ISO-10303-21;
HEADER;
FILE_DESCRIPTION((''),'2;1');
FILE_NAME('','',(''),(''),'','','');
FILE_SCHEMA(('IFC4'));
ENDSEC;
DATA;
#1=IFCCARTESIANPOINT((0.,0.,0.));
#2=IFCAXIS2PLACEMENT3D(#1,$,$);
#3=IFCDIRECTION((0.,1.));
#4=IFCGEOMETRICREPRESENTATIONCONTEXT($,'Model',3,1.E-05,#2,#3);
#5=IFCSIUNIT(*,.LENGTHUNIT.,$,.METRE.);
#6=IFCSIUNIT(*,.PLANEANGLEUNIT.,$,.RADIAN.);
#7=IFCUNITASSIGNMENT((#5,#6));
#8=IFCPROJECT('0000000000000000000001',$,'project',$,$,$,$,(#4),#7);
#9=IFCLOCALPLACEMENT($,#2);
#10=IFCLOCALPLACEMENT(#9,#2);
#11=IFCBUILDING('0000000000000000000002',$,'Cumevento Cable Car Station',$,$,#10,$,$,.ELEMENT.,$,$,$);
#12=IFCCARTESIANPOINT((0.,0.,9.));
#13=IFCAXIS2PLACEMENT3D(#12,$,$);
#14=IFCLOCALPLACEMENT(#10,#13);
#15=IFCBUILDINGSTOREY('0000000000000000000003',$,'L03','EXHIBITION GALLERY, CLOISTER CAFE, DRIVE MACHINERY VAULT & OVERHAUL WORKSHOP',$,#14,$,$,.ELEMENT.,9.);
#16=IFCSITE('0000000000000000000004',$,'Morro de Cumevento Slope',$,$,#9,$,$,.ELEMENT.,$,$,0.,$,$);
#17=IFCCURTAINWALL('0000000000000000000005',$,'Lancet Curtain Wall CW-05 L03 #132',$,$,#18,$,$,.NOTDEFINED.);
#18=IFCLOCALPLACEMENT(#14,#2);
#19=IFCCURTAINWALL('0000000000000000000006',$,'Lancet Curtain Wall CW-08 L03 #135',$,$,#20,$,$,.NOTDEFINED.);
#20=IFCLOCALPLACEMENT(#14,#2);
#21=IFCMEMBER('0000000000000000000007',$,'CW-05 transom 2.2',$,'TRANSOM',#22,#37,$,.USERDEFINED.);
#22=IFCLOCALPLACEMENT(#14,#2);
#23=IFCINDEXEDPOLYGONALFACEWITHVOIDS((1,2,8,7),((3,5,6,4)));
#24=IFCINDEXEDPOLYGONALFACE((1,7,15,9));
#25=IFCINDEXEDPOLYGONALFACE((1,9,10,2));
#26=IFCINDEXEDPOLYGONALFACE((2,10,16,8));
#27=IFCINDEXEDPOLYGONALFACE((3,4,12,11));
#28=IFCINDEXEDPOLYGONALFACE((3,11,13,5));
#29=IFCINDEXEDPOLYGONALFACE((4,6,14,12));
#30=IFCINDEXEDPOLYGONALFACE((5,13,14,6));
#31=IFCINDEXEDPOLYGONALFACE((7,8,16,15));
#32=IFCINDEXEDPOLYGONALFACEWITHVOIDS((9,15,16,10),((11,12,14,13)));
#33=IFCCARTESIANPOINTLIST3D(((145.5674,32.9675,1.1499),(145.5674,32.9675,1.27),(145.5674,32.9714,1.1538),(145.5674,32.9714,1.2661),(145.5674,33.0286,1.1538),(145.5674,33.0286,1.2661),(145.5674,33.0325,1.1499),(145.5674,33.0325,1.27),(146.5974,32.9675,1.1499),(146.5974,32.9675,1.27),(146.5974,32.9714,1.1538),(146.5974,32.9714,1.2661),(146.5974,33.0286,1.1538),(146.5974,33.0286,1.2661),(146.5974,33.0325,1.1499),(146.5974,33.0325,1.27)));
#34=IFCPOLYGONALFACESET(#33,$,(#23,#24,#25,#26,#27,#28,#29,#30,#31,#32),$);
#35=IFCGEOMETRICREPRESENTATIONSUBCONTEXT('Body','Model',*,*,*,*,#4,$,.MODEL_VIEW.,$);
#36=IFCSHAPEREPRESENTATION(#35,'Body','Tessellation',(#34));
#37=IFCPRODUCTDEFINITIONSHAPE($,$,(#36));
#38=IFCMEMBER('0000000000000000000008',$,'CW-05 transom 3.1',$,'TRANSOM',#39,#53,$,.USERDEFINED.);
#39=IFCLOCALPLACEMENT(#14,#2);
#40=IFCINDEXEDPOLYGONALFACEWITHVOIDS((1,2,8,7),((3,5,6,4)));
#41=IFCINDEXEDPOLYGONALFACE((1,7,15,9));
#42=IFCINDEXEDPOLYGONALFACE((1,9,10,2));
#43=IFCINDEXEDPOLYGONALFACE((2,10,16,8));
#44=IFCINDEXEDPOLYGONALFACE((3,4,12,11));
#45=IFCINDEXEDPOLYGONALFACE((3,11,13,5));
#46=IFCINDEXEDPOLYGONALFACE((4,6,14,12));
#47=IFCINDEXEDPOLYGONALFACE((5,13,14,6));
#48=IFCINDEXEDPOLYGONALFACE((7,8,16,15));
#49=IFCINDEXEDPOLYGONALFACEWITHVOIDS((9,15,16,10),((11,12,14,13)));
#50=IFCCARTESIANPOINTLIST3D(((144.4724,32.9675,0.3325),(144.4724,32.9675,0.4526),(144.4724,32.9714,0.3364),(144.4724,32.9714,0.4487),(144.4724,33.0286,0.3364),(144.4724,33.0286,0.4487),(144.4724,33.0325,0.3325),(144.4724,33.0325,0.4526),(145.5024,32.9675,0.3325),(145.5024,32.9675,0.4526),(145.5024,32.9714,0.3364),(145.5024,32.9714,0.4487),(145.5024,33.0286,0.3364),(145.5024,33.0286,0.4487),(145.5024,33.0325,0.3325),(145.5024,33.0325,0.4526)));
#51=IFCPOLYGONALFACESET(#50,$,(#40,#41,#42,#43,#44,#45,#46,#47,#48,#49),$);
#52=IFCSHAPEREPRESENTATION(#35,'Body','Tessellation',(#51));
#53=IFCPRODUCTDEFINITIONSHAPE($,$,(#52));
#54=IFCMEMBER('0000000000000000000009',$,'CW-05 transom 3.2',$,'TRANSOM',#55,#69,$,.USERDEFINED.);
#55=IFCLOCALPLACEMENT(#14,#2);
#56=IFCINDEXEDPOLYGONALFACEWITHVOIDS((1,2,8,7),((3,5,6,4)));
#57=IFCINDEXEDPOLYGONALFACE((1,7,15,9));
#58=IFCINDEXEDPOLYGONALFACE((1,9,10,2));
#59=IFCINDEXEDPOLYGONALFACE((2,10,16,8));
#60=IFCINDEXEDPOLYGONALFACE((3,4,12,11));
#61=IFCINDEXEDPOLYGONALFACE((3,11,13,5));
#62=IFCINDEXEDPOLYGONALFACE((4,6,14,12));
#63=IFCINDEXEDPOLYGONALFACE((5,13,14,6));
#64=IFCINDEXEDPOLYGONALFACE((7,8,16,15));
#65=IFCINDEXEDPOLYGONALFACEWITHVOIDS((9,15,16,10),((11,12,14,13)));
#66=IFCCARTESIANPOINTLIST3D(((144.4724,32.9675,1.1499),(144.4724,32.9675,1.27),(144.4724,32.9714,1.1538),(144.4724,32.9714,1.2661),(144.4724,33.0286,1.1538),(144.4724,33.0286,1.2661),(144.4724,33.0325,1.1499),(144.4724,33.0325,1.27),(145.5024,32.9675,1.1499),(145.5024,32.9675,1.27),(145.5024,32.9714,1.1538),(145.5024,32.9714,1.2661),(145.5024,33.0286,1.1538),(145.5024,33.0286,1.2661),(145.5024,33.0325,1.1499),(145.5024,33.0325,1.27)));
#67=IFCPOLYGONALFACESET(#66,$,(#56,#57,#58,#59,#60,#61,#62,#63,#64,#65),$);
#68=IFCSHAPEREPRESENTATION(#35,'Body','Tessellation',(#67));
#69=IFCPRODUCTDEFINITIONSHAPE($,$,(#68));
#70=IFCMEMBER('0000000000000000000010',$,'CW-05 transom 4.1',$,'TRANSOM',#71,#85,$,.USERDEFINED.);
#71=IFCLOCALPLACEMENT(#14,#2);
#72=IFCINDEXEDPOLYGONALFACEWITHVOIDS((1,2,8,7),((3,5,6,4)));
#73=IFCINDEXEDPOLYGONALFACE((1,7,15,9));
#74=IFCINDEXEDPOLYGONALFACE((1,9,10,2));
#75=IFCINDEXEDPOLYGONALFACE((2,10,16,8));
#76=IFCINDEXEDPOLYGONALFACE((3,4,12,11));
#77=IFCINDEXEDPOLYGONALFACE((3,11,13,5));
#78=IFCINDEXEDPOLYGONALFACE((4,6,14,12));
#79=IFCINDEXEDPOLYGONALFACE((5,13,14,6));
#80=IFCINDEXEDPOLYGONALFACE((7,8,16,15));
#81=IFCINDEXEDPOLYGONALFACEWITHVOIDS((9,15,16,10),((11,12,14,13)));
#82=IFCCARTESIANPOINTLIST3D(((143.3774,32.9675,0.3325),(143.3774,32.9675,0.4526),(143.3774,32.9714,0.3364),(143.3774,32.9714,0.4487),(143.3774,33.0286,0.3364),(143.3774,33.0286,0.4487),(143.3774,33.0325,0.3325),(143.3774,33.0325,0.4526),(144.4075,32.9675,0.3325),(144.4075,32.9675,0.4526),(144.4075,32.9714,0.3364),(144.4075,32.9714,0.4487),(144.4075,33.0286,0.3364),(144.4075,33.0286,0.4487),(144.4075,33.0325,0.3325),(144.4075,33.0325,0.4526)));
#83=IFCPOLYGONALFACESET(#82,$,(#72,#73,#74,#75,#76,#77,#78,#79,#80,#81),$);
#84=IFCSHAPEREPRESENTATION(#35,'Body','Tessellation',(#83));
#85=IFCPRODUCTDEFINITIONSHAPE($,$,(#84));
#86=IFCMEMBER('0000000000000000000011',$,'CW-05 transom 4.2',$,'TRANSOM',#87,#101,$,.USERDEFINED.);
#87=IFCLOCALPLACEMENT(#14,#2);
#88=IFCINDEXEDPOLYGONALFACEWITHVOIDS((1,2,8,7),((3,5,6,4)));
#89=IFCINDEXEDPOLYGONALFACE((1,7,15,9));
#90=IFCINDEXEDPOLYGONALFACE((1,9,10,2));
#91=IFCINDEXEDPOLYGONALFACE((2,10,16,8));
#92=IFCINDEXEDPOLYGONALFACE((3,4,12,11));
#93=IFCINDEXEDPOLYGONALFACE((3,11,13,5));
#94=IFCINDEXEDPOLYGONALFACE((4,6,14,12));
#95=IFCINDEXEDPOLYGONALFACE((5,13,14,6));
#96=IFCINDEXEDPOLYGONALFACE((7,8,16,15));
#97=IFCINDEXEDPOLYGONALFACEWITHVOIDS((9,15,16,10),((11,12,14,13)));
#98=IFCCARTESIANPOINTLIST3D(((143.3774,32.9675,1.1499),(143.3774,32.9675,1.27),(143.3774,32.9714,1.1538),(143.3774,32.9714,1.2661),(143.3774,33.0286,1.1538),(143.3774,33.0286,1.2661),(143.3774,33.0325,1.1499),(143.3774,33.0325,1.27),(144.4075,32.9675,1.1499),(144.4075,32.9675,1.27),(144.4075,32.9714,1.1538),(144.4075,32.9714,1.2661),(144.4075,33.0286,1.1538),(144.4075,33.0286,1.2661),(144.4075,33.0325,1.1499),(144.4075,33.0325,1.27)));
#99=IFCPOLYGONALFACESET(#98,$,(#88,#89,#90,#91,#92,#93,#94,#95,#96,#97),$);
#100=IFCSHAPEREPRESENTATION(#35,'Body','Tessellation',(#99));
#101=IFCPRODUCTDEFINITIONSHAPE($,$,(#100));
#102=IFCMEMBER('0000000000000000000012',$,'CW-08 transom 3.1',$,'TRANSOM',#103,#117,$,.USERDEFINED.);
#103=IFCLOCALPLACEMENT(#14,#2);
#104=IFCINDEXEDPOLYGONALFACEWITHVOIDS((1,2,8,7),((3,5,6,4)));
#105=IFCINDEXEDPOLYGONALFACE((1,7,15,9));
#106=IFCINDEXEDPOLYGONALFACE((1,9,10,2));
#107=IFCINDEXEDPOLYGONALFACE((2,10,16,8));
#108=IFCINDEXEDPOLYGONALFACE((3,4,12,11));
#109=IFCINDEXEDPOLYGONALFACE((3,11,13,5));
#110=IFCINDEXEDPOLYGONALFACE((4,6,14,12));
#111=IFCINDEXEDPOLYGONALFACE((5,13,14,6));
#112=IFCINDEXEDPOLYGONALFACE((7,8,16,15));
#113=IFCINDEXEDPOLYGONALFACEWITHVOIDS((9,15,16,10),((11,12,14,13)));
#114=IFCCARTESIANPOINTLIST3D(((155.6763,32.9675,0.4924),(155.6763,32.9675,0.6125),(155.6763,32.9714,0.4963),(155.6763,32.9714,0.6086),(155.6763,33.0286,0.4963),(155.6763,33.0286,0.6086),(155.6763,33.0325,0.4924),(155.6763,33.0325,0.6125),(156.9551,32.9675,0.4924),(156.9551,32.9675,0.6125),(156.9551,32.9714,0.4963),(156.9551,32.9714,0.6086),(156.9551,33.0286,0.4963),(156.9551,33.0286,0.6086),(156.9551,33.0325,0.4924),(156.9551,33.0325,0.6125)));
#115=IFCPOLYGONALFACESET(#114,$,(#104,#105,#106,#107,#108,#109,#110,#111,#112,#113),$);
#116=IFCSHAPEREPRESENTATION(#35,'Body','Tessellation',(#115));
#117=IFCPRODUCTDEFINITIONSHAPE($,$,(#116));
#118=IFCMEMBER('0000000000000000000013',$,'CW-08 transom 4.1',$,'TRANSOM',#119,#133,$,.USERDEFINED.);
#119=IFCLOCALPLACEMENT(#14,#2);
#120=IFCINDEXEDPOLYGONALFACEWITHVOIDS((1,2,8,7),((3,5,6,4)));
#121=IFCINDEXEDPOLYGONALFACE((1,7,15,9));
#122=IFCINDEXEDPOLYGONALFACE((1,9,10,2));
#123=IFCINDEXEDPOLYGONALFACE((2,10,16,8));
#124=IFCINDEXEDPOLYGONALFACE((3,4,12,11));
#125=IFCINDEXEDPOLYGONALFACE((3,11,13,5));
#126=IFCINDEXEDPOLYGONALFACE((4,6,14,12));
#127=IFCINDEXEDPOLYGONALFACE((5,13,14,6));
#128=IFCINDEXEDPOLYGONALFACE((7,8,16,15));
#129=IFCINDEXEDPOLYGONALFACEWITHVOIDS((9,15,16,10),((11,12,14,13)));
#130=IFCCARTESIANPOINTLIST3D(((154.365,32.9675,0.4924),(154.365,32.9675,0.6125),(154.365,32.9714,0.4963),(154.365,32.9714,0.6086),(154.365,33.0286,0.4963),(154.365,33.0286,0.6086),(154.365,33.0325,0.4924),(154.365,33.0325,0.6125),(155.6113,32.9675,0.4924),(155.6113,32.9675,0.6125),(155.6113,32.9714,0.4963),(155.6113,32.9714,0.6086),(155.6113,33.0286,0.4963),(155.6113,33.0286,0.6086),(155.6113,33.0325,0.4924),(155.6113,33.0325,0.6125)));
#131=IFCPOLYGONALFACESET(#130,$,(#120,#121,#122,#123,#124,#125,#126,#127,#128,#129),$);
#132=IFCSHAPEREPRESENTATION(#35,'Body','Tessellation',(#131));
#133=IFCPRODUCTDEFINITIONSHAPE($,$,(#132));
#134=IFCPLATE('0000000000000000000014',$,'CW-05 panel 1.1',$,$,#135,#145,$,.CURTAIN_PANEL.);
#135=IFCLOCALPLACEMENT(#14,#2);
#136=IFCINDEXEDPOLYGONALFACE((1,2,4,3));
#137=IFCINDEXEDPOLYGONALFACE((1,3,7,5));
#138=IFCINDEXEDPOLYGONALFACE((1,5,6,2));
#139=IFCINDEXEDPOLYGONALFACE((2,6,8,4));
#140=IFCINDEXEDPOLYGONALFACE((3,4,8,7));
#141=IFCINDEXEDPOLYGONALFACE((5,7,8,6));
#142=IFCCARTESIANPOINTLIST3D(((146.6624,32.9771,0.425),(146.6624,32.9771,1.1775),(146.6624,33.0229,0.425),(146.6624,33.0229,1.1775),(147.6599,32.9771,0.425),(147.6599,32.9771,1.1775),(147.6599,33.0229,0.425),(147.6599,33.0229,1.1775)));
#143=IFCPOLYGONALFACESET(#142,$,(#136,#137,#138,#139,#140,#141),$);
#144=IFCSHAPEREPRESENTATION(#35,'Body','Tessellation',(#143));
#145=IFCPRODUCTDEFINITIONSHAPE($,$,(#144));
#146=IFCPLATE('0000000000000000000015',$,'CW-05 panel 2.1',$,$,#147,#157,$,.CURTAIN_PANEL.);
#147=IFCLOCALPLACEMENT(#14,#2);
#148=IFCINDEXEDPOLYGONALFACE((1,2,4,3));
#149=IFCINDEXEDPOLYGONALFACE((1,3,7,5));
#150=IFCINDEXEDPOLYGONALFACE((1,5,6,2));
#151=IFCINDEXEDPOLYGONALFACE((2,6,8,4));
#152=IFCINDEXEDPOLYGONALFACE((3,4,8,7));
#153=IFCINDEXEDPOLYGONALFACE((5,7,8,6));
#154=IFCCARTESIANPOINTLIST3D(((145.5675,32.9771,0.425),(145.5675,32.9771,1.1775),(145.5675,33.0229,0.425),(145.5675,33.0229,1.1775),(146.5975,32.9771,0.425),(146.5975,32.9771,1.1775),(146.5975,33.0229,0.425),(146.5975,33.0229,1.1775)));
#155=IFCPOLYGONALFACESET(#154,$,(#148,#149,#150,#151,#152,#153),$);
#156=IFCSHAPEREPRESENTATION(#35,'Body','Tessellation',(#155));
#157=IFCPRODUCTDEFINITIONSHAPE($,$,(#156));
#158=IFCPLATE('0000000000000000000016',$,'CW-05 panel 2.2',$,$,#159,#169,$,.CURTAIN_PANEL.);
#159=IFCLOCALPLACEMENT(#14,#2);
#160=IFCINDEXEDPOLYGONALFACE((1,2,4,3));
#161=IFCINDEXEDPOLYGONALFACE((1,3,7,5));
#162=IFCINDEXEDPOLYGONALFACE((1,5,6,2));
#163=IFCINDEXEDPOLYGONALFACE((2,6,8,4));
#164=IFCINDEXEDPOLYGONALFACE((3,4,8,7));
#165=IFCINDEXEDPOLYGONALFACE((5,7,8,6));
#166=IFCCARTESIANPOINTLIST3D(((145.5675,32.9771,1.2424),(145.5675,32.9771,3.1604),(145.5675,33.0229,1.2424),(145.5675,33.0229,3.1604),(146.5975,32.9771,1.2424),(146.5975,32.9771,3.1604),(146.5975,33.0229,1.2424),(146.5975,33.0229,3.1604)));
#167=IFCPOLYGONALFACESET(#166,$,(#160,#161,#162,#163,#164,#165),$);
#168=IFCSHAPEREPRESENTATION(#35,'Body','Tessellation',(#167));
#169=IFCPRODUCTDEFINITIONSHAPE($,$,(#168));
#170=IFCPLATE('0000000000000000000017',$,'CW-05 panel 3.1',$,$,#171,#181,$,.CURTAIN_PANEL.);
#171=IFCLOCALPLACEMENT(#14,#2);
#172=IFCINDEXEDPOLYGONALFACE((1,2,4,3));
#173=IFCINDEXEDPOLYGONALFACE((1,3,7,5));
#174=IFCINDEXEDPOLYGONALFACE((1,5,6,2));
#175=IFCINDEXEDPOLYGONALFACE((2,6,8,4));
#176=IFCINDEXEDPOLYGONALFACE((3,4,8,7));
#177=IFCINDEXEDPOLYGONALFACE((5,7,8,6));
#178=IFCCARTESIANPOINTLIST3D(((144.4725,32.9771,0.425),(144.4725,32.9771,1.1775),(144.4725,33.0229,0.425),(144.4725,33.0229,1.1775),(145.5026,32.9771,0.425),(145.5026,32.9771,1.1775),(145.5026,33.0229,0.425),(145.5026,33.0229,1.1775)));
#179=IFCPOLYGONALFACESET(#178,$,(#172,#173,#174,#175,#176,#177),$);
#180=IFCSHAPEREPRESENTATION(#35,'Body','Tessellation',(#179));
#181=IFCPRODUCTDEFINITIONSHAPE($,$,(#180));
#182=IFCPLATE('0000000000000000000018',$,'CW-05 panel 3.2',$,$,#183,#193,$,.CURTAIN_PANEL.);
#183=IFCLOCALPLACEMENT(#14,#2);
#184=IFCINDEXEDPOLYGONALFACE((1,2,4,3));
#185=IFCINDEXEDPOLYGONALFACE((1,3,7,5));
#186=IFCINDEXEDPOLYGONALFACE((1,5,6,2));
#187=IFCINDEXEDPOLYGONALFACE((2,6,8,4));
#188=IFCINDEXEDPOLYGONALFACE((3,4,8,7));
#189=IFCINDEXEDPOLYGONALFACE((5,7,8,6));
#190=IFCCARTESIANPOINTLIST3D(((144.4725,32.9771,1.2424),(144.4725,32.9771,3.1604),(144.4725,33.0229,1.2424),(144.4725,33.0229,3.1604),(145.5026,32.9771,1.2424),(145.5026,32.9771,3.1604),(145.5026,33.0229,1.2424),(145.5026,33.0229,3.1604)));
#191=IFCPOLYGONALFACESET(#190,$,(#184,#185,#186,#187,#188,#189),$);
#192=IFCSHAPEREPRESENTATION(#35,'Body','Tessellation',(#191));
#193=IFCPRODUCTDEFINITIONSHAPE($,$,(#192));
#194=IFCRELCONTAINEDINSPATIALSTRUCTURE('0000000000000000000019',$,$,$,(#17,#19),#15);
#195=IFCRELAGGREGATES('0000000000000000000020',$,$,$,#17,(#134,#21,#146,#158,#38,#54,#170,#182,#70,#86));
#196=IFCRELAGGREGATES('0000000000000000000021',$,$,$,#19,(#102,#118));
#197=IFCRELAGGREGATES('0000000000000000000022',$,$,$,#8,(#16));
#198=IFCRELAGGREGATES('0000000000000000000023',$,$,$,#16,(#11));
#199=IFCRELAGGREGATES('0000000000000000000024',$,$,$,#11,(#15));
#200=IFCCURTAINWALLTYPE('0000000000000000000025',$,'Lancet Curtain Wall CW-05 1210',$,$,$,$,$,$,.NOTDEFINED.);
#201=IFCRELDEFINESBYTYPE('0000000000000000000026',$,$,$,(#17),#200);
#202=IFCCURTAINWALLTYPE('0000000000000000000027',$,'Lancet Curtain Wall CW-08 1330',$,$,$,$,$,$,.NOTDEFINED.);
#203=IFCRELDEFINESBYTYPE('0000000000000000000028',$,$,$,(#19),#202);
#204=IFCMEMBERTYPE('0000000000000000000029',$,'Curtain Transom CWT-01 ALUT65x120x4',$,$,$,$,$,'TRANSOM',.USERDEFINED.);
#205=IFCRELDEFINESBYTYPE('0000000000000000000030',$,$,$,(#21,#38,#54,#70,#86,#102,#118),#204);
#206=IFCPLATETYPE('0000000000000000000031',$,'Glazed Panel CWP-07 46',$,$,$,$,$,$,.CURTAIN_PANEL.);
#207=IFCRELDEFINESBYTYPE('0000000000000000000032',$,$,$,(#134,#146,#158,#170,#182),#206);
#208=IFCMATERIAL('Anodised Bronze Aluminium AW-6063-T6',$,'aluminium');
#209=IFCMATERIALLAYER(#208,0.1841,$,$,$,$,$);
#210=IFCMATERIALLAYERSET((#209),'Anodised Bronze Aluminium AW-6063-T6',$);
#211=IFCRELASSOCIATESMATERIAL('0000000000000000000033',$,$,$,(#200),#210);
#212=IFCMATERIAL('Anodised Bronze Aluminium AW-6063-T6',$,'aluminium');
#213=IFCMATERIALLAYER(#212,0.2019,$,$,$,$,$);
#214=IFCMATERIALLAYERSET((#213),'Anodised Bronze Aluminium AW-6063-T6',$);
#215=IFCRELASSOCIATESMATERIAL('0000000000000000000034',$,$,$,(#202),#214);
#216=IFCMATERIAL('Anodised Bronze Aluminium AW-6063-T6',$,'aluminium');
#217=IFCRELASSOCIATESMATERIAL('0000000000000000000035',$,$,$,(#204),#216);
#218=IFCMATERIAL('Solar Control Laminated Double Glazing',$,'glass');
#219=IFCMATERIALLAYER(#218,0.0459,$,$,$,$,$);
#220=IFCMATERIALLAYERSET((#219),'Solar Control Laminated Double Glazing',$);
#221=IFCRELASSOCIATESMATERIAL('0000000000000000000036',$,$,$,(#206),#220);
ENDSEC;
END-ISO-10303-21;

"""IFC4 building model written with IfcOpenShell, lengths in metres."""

from ifc_helpers import new_model, si_unit, direction, frame, origin, origin_2d, place, context, subcontext, project, spatial, rectangle, hollow_rectangle, extrude, material, layer, layer_set, material_profile, profile_set, type_object, element, aggregate, save


model = new_model("IFC4")

# Units and contexts
model_context = context("Model", 3, precision=1e-05, world=origin(), true_north=direction((0.0, 1.0)))
body_context = subcontext(model_context, "Body", "Model", "MODEL_VIEW")
ifc_project = project(units=[si_unit("LENGTHUNIT", "METRE"), si_unit("PLANEANGLEUNIT", "RADIAN")], contexts=[model_context])

# Site, building, storey
site_placement = place(None, origin())
site = spatial("IfcSite", under=ifc_project, at=site_placement, Name="Morro de Cumevento Slope", CompositionType="ELEMENT", RefElevation=0.0)
building_placement = place(site_placement, origin())
building = spatial("IfcBuilding", under=site, at=building_placement, Name="Cumevento Cable Car Station", CompositionType="ELEMENT")
storey_placement = place(building_placement, frame((0.0, 0.0, 9.0)))
storey = spatial("IfcBuildingStorey", under=building, at=storey_placement, Name="L03", Description="EXHIBITION GALLERY, CLOISTER CAFE, DRIVE MACHINERY VAULT & OVERHAUL WORKSHOP", CompositionType="ELEMENT", Elevation=9.0)

# Curtain walls
ifc_material_1 = material(Name="Anodised Bronze Aluminium AW-6063-T6", Category="aluminium")
ifc_layer_1 = layer(ifc_material_1, 0.1841)
ifc_layer_set_1 = layer_set([ifc_layer_1], Name="Anodised Bronze Aluminium AW-6063-T6")
curtain_wall_type_1 = type_object("IfcCurtainWallType", Name="Lancet Curtain Wall CW-05 1210", PredefinedType="NOTDEFINED", material=ifc_layer_set_1)
curtain_wall_1_placement = place(storey_placement, origin())
curtain_wall_1 = element("IfcCurtainWall", 1, at=curtain_wall_1_placement, inside=storey, type_object=curtain_wall_type_1, Name="Lancet Curtain Wall CW-05 L03 #132", PredefinedType="NOTDEFINED")
ifc_material_2 = material(Name="Anodised Bronze Aluminium AW-6063-T6", Category="aluminium")
ifc_layer_2 = layer(ifc_material_2, 0.2019)
ifc_layer_set_2 = layer_set([ifc_layer_2], Name="Anodised Bronze Aluminium AW-6063-T6")
curtain_wall_type_2 = type_object("IfcCurtainWallType", Name="Lancet Curtain Wall CW-08 1330", PredefinedType="NOTDEFINED", material=ifc_layer_set_2)
curtain_wall_2_placement = place(storey_placement, origin())
curtain_wall_2 = element("IfcCurtainWall", 2, at=curtain_wall_2_placement, inside=storey, type_object=curtain_wall_type_2, Name="Lancet Curtain Wall CW-08 L03 #135", PredefinedType="NOTDEFINED")

# Members
ifc_material_3 = material(Name="Anodised Bronze Aluminium AW-6063-T6", Category="aluminium")
ifc_material_profile_1 = material_profile(ifc_material_3, hollow_rectangle(XDim=0.0649, YDim=0.1201, WallThickness=0.0039, at=origin_2d()), Name="ALUT65x120x4")
ifc_profile_set_1 = profile_set([ifc_material_profile_1], Name="Anodised Bronze Aluminium AW-6063-T6")
member_type_1 = type_object("IfcMemberType", Name="Curtain Transom CWT-01 ALUT65x120x4", ElementType="TRANSOM", PredefinedType="USERDEFINED", material=ifc_profile_set_1)
member_1_placement = place(storey_placement, frame((146.5974, 33.0, 1.21), z_axis=(-1.0, 0.0, 0.0), x_axis=(0.0, -1.0, 0.0)))
member_1 = element("IfcMember", 3, at=member_1_placement, type_object=member_type_1, Name="CW-05 transom 2.2", ObjectType="TRANSOM", PredefinedType="USERDEFINED", context=body_context, shape_type="SweptSolid", body=[
    extrude(hollow_rectangle(XDim=0.0649, YDim=0.1201, WallThickness=0.0039, at=origin_2d()), origin(), (0.0, 0.0, 1.0), 1.03),
])
member_2_placement = place(storey_placement, frame((145.5024, 33.0, 0.3926), z_axis=(-1.0, 0.0, 0.0), x_axis=(0.0, -1.0, 0.0)))
member_2 = element("IfcMember", 4, at=member_2_placement, type_object=member_type_1, Name="CW-05 transom 3.1", ObjectType="TRANSOM", PredefinedType="USERDEFINED", context=body_context, shape_type="SweptSolid", body=[
    extrude(hollow_rectangle(XDim=0.0649, YDim=0.1201, WallThickness=0.0039, at=origin_2d()), origin(), (0.0, 0.0, 1.0), 1.03),
])
member_3_placement = place(storey_placement, frame((145.5024, 33.0, 1.21), z_axis=(-1.0, 0.0, 0.0), x_axis=(0.0, -1.0, 0.0)))
member_3 = element("IfcMember", 5, at=member_3_placement, type_object=member_type_1, Name="CW-05 transom 3.2", ObjectType="TRANSOM", PredefinedType="USERDEFINED", context=body_context, shape_type="SweptSolid", body=[
    extrude(hollow_rectangle(XDim=0.0649, YDim=0.1201, WallThickness=0.0039, at=origin_2d()), origin(), (0.0, 0.0, 1.0), 1.03),
])
member_4_placement = place(storey_placement, frame((144.4075, 33.0, 0.3926), z_axis=(-1.0, 0.0, 0.0), x_axis=(0.0, -1.0, 0.0)))
member_4 = element("IfcMember", 6, at=member_4_placement, type_object=member_type_1, Name="CW-05 transom 4.1", ObjectType="TRANSOM", PredefinedType="USERDEFINED", context=body_context, shape_type="SweptSolid", body=[
    extrude(hollow_rectangle(XDim=0.0649, YDim=0.1201, WallThickness=0.0039, at=origin_2d()), origin(), (0.0, 0.0, 1.0), 1.03),
])
member_5_placement = place(storey_placement, frame((144.4075, 33.0, 1.21), z_axis=(-1.0, 0.0, 0.0), x_axis=(0.0, -1.0, 0.0)))
member_5 = element("IfcMember", 7, at=member_5_placement, type_object=member_type_1, Name="CW-05 transom 4.2", ObjectType="TRANSOM", PredefinedType="USERDEFINED", context=body_context, shape_type="SweptSolid", body=[
    extrude(hollow_rectangle(XDim=0.0649, YDim=0.1201, WallThickness=0.0039, at=origin_2d()), origin(), (0.0, 0.0, 1.0), 1.03),
])
member_6_placement = place(storey_placement, frame((156.9551, 33.0, 0.5525), z_axis=(-1.0, 0.0, 0.0), x_axis=(0.0, -1.0, 0.0)))
member_6 = element("IfcMember", 8, at=member_6_placement, type_object=member_type_1, Name="CW-08 transom 3.1", ObjectType="TRANSOM", PredefinedType="USERDEFINED", context=body_context, shape_type="SweptSolid", body=[
    extrude(hollow_rectangle(XDim=0.0649, YDim=0.1201, WallThickness=0.0039, at=origin_2d()), origin(), (0.0, 0.0, 1.0), 1.2788),
])
member_7_placement = place(storey_placement, frame((155.6113, 33.0, 0.5525), z_axis=(-1.0, 0.0, 0.0), x_axis=(0.0, -1.0, 0.0)))
member_7 = element("IfcMember", 9, at=member_7_placement, type_object=member_type_1, Name="CW-08 transom 4.1", ObjectType="TRANSOM", PredefinedType="USERDEFINED", context=body_context, shape_type="SweptSolid", body=[
    extrude(hollow_rectangle(XDim=0.0649, YDim=0.1201, WallThickness=0.0039, at=origin_2d()), origin(), (0.0, 0.0, 1.0), 1.2463),
])

# Plates
ifc_material_4 = material(Name="Solar Control Laminated Double Glazing", Category="glass")
ifc_layer_3 = layer(ifc_material_4, 0.0459)
ifc_layer_set_3 = layer_set([ifc_layer_3], Name="Solar Control Laminated Double Glazing")
plate_type_1 = type_object("IfcPlateType", Name="Glazed Panel CWP-07 46", PredefinedType="CURTAIN_PANEL", material=ifc_layer_set_3)
plate_1_placement = place(storey_placement, frame((147.1611, 33.0, 0.425), z_axis=(0.0, 0.0, 1.0), x_axis=(-1.0, 0.0, 0.0)))
plate_1 = element("IfcPlate", 10, at=plate_1_placement, type_object=plate_type_1, Name="CW-05 panel 1.1", PredefinedType="CURTAIN_PANEL", context=body_context, shape_type="SweptSolid", body=[
    extrude(rectangle(XDim=0.9976, YDim=0.0459, at=origin_2d()), origin(), (0.0, 0.0, 1.0), 0.7524),
])
plate_2_placement = place(storey_placement, frame((146.0825, 33.0, 0.425), z_axis=(0.0, 0.0, 1.0), x_axis=(-1.0, 0.0, 0.0)))
plate_2 = element("IfcPlate", 11, at=plate_2_placement, type_object=plate_type_1, Name="CW-05 panel 2.1", PredefinedType="CURTAIN_PANEL", context=body_context, shape_type="SweptSolid", body=[
    extrude(rectangle(XDim=1.03, YDim=0.0459, at=origin_2d()), origin(), (0.0, 0.0, 1.0), 0.7524),
])
plate_3_placement = place(storey_placement, frame((146.0825, 33.0, 1.2424), z_axis=(0.0, 0.0, 1.0), x_axis=(-1.0, 0.0, 0.0)))
plate_3 = element("IfcPlate", 12, at=plate_3_placement, type_object=plate_type_1, Name="CW-05 panel 2.2", PredefinedType="CURTAIN_PANEL", context=body_context, shape_type="SweptSolid", body=[
    extrude(rectangle(XDim=1.03, YDim=0.0459, at=origin_2d()), origin(), (0.0, 0.0, 1.0), 1.918),
])
plate_4_placement = place(storey_placement, frame((144.9875, 33.0, 0.425), z_axis=(0.0, 0.0, 1.0), x_axis=(-1.0, 0.0, 0.0)))
plate_4 = element("IfcPlate", 13, at=plate_4_placement, type_object=plate_type_1, Name="CW-05 panel 3.1", PredefinedType="CURTAIN_PANEL", context=body_context, shape_type="SweptSolid", body=[
    extrude(rectangle(XDim=1.03, YDim=0.0459, at=origin_2d()), origin(), (0.0, 0.0, 1.0), 0.7524),
])
plate_5_placement = place(storey_placement, frame((144.9875, 33.0, 1.2424), z_axis=(0.0, 0.0, 1.0), x_axis=(-1.0, 0.0, 0.0)))
plate_5 = element("IfcPlate", 14, at=plate_5_placement, type_object=plate_type_1, Name="CW-05 panel 3.2", PredefinedType="CURTAIN_PANEL", context=body_context, shape_type="SweptSolid", body=[
    extrude(rectangle(XDim=1.03, YDim=0.0459, at=origin_2d()), origin(), (0.0, 0.0, 1.0), 1.918),
])
aggregate(curtain_wall_1, [plate_1, member_1, plate_2, plate_3, member_2, member_3, plate_4, plate_5, member_4, member_5])
aggregate(curtain_wall_2, [member_6, member_7])

save(model, "model.ifc")
